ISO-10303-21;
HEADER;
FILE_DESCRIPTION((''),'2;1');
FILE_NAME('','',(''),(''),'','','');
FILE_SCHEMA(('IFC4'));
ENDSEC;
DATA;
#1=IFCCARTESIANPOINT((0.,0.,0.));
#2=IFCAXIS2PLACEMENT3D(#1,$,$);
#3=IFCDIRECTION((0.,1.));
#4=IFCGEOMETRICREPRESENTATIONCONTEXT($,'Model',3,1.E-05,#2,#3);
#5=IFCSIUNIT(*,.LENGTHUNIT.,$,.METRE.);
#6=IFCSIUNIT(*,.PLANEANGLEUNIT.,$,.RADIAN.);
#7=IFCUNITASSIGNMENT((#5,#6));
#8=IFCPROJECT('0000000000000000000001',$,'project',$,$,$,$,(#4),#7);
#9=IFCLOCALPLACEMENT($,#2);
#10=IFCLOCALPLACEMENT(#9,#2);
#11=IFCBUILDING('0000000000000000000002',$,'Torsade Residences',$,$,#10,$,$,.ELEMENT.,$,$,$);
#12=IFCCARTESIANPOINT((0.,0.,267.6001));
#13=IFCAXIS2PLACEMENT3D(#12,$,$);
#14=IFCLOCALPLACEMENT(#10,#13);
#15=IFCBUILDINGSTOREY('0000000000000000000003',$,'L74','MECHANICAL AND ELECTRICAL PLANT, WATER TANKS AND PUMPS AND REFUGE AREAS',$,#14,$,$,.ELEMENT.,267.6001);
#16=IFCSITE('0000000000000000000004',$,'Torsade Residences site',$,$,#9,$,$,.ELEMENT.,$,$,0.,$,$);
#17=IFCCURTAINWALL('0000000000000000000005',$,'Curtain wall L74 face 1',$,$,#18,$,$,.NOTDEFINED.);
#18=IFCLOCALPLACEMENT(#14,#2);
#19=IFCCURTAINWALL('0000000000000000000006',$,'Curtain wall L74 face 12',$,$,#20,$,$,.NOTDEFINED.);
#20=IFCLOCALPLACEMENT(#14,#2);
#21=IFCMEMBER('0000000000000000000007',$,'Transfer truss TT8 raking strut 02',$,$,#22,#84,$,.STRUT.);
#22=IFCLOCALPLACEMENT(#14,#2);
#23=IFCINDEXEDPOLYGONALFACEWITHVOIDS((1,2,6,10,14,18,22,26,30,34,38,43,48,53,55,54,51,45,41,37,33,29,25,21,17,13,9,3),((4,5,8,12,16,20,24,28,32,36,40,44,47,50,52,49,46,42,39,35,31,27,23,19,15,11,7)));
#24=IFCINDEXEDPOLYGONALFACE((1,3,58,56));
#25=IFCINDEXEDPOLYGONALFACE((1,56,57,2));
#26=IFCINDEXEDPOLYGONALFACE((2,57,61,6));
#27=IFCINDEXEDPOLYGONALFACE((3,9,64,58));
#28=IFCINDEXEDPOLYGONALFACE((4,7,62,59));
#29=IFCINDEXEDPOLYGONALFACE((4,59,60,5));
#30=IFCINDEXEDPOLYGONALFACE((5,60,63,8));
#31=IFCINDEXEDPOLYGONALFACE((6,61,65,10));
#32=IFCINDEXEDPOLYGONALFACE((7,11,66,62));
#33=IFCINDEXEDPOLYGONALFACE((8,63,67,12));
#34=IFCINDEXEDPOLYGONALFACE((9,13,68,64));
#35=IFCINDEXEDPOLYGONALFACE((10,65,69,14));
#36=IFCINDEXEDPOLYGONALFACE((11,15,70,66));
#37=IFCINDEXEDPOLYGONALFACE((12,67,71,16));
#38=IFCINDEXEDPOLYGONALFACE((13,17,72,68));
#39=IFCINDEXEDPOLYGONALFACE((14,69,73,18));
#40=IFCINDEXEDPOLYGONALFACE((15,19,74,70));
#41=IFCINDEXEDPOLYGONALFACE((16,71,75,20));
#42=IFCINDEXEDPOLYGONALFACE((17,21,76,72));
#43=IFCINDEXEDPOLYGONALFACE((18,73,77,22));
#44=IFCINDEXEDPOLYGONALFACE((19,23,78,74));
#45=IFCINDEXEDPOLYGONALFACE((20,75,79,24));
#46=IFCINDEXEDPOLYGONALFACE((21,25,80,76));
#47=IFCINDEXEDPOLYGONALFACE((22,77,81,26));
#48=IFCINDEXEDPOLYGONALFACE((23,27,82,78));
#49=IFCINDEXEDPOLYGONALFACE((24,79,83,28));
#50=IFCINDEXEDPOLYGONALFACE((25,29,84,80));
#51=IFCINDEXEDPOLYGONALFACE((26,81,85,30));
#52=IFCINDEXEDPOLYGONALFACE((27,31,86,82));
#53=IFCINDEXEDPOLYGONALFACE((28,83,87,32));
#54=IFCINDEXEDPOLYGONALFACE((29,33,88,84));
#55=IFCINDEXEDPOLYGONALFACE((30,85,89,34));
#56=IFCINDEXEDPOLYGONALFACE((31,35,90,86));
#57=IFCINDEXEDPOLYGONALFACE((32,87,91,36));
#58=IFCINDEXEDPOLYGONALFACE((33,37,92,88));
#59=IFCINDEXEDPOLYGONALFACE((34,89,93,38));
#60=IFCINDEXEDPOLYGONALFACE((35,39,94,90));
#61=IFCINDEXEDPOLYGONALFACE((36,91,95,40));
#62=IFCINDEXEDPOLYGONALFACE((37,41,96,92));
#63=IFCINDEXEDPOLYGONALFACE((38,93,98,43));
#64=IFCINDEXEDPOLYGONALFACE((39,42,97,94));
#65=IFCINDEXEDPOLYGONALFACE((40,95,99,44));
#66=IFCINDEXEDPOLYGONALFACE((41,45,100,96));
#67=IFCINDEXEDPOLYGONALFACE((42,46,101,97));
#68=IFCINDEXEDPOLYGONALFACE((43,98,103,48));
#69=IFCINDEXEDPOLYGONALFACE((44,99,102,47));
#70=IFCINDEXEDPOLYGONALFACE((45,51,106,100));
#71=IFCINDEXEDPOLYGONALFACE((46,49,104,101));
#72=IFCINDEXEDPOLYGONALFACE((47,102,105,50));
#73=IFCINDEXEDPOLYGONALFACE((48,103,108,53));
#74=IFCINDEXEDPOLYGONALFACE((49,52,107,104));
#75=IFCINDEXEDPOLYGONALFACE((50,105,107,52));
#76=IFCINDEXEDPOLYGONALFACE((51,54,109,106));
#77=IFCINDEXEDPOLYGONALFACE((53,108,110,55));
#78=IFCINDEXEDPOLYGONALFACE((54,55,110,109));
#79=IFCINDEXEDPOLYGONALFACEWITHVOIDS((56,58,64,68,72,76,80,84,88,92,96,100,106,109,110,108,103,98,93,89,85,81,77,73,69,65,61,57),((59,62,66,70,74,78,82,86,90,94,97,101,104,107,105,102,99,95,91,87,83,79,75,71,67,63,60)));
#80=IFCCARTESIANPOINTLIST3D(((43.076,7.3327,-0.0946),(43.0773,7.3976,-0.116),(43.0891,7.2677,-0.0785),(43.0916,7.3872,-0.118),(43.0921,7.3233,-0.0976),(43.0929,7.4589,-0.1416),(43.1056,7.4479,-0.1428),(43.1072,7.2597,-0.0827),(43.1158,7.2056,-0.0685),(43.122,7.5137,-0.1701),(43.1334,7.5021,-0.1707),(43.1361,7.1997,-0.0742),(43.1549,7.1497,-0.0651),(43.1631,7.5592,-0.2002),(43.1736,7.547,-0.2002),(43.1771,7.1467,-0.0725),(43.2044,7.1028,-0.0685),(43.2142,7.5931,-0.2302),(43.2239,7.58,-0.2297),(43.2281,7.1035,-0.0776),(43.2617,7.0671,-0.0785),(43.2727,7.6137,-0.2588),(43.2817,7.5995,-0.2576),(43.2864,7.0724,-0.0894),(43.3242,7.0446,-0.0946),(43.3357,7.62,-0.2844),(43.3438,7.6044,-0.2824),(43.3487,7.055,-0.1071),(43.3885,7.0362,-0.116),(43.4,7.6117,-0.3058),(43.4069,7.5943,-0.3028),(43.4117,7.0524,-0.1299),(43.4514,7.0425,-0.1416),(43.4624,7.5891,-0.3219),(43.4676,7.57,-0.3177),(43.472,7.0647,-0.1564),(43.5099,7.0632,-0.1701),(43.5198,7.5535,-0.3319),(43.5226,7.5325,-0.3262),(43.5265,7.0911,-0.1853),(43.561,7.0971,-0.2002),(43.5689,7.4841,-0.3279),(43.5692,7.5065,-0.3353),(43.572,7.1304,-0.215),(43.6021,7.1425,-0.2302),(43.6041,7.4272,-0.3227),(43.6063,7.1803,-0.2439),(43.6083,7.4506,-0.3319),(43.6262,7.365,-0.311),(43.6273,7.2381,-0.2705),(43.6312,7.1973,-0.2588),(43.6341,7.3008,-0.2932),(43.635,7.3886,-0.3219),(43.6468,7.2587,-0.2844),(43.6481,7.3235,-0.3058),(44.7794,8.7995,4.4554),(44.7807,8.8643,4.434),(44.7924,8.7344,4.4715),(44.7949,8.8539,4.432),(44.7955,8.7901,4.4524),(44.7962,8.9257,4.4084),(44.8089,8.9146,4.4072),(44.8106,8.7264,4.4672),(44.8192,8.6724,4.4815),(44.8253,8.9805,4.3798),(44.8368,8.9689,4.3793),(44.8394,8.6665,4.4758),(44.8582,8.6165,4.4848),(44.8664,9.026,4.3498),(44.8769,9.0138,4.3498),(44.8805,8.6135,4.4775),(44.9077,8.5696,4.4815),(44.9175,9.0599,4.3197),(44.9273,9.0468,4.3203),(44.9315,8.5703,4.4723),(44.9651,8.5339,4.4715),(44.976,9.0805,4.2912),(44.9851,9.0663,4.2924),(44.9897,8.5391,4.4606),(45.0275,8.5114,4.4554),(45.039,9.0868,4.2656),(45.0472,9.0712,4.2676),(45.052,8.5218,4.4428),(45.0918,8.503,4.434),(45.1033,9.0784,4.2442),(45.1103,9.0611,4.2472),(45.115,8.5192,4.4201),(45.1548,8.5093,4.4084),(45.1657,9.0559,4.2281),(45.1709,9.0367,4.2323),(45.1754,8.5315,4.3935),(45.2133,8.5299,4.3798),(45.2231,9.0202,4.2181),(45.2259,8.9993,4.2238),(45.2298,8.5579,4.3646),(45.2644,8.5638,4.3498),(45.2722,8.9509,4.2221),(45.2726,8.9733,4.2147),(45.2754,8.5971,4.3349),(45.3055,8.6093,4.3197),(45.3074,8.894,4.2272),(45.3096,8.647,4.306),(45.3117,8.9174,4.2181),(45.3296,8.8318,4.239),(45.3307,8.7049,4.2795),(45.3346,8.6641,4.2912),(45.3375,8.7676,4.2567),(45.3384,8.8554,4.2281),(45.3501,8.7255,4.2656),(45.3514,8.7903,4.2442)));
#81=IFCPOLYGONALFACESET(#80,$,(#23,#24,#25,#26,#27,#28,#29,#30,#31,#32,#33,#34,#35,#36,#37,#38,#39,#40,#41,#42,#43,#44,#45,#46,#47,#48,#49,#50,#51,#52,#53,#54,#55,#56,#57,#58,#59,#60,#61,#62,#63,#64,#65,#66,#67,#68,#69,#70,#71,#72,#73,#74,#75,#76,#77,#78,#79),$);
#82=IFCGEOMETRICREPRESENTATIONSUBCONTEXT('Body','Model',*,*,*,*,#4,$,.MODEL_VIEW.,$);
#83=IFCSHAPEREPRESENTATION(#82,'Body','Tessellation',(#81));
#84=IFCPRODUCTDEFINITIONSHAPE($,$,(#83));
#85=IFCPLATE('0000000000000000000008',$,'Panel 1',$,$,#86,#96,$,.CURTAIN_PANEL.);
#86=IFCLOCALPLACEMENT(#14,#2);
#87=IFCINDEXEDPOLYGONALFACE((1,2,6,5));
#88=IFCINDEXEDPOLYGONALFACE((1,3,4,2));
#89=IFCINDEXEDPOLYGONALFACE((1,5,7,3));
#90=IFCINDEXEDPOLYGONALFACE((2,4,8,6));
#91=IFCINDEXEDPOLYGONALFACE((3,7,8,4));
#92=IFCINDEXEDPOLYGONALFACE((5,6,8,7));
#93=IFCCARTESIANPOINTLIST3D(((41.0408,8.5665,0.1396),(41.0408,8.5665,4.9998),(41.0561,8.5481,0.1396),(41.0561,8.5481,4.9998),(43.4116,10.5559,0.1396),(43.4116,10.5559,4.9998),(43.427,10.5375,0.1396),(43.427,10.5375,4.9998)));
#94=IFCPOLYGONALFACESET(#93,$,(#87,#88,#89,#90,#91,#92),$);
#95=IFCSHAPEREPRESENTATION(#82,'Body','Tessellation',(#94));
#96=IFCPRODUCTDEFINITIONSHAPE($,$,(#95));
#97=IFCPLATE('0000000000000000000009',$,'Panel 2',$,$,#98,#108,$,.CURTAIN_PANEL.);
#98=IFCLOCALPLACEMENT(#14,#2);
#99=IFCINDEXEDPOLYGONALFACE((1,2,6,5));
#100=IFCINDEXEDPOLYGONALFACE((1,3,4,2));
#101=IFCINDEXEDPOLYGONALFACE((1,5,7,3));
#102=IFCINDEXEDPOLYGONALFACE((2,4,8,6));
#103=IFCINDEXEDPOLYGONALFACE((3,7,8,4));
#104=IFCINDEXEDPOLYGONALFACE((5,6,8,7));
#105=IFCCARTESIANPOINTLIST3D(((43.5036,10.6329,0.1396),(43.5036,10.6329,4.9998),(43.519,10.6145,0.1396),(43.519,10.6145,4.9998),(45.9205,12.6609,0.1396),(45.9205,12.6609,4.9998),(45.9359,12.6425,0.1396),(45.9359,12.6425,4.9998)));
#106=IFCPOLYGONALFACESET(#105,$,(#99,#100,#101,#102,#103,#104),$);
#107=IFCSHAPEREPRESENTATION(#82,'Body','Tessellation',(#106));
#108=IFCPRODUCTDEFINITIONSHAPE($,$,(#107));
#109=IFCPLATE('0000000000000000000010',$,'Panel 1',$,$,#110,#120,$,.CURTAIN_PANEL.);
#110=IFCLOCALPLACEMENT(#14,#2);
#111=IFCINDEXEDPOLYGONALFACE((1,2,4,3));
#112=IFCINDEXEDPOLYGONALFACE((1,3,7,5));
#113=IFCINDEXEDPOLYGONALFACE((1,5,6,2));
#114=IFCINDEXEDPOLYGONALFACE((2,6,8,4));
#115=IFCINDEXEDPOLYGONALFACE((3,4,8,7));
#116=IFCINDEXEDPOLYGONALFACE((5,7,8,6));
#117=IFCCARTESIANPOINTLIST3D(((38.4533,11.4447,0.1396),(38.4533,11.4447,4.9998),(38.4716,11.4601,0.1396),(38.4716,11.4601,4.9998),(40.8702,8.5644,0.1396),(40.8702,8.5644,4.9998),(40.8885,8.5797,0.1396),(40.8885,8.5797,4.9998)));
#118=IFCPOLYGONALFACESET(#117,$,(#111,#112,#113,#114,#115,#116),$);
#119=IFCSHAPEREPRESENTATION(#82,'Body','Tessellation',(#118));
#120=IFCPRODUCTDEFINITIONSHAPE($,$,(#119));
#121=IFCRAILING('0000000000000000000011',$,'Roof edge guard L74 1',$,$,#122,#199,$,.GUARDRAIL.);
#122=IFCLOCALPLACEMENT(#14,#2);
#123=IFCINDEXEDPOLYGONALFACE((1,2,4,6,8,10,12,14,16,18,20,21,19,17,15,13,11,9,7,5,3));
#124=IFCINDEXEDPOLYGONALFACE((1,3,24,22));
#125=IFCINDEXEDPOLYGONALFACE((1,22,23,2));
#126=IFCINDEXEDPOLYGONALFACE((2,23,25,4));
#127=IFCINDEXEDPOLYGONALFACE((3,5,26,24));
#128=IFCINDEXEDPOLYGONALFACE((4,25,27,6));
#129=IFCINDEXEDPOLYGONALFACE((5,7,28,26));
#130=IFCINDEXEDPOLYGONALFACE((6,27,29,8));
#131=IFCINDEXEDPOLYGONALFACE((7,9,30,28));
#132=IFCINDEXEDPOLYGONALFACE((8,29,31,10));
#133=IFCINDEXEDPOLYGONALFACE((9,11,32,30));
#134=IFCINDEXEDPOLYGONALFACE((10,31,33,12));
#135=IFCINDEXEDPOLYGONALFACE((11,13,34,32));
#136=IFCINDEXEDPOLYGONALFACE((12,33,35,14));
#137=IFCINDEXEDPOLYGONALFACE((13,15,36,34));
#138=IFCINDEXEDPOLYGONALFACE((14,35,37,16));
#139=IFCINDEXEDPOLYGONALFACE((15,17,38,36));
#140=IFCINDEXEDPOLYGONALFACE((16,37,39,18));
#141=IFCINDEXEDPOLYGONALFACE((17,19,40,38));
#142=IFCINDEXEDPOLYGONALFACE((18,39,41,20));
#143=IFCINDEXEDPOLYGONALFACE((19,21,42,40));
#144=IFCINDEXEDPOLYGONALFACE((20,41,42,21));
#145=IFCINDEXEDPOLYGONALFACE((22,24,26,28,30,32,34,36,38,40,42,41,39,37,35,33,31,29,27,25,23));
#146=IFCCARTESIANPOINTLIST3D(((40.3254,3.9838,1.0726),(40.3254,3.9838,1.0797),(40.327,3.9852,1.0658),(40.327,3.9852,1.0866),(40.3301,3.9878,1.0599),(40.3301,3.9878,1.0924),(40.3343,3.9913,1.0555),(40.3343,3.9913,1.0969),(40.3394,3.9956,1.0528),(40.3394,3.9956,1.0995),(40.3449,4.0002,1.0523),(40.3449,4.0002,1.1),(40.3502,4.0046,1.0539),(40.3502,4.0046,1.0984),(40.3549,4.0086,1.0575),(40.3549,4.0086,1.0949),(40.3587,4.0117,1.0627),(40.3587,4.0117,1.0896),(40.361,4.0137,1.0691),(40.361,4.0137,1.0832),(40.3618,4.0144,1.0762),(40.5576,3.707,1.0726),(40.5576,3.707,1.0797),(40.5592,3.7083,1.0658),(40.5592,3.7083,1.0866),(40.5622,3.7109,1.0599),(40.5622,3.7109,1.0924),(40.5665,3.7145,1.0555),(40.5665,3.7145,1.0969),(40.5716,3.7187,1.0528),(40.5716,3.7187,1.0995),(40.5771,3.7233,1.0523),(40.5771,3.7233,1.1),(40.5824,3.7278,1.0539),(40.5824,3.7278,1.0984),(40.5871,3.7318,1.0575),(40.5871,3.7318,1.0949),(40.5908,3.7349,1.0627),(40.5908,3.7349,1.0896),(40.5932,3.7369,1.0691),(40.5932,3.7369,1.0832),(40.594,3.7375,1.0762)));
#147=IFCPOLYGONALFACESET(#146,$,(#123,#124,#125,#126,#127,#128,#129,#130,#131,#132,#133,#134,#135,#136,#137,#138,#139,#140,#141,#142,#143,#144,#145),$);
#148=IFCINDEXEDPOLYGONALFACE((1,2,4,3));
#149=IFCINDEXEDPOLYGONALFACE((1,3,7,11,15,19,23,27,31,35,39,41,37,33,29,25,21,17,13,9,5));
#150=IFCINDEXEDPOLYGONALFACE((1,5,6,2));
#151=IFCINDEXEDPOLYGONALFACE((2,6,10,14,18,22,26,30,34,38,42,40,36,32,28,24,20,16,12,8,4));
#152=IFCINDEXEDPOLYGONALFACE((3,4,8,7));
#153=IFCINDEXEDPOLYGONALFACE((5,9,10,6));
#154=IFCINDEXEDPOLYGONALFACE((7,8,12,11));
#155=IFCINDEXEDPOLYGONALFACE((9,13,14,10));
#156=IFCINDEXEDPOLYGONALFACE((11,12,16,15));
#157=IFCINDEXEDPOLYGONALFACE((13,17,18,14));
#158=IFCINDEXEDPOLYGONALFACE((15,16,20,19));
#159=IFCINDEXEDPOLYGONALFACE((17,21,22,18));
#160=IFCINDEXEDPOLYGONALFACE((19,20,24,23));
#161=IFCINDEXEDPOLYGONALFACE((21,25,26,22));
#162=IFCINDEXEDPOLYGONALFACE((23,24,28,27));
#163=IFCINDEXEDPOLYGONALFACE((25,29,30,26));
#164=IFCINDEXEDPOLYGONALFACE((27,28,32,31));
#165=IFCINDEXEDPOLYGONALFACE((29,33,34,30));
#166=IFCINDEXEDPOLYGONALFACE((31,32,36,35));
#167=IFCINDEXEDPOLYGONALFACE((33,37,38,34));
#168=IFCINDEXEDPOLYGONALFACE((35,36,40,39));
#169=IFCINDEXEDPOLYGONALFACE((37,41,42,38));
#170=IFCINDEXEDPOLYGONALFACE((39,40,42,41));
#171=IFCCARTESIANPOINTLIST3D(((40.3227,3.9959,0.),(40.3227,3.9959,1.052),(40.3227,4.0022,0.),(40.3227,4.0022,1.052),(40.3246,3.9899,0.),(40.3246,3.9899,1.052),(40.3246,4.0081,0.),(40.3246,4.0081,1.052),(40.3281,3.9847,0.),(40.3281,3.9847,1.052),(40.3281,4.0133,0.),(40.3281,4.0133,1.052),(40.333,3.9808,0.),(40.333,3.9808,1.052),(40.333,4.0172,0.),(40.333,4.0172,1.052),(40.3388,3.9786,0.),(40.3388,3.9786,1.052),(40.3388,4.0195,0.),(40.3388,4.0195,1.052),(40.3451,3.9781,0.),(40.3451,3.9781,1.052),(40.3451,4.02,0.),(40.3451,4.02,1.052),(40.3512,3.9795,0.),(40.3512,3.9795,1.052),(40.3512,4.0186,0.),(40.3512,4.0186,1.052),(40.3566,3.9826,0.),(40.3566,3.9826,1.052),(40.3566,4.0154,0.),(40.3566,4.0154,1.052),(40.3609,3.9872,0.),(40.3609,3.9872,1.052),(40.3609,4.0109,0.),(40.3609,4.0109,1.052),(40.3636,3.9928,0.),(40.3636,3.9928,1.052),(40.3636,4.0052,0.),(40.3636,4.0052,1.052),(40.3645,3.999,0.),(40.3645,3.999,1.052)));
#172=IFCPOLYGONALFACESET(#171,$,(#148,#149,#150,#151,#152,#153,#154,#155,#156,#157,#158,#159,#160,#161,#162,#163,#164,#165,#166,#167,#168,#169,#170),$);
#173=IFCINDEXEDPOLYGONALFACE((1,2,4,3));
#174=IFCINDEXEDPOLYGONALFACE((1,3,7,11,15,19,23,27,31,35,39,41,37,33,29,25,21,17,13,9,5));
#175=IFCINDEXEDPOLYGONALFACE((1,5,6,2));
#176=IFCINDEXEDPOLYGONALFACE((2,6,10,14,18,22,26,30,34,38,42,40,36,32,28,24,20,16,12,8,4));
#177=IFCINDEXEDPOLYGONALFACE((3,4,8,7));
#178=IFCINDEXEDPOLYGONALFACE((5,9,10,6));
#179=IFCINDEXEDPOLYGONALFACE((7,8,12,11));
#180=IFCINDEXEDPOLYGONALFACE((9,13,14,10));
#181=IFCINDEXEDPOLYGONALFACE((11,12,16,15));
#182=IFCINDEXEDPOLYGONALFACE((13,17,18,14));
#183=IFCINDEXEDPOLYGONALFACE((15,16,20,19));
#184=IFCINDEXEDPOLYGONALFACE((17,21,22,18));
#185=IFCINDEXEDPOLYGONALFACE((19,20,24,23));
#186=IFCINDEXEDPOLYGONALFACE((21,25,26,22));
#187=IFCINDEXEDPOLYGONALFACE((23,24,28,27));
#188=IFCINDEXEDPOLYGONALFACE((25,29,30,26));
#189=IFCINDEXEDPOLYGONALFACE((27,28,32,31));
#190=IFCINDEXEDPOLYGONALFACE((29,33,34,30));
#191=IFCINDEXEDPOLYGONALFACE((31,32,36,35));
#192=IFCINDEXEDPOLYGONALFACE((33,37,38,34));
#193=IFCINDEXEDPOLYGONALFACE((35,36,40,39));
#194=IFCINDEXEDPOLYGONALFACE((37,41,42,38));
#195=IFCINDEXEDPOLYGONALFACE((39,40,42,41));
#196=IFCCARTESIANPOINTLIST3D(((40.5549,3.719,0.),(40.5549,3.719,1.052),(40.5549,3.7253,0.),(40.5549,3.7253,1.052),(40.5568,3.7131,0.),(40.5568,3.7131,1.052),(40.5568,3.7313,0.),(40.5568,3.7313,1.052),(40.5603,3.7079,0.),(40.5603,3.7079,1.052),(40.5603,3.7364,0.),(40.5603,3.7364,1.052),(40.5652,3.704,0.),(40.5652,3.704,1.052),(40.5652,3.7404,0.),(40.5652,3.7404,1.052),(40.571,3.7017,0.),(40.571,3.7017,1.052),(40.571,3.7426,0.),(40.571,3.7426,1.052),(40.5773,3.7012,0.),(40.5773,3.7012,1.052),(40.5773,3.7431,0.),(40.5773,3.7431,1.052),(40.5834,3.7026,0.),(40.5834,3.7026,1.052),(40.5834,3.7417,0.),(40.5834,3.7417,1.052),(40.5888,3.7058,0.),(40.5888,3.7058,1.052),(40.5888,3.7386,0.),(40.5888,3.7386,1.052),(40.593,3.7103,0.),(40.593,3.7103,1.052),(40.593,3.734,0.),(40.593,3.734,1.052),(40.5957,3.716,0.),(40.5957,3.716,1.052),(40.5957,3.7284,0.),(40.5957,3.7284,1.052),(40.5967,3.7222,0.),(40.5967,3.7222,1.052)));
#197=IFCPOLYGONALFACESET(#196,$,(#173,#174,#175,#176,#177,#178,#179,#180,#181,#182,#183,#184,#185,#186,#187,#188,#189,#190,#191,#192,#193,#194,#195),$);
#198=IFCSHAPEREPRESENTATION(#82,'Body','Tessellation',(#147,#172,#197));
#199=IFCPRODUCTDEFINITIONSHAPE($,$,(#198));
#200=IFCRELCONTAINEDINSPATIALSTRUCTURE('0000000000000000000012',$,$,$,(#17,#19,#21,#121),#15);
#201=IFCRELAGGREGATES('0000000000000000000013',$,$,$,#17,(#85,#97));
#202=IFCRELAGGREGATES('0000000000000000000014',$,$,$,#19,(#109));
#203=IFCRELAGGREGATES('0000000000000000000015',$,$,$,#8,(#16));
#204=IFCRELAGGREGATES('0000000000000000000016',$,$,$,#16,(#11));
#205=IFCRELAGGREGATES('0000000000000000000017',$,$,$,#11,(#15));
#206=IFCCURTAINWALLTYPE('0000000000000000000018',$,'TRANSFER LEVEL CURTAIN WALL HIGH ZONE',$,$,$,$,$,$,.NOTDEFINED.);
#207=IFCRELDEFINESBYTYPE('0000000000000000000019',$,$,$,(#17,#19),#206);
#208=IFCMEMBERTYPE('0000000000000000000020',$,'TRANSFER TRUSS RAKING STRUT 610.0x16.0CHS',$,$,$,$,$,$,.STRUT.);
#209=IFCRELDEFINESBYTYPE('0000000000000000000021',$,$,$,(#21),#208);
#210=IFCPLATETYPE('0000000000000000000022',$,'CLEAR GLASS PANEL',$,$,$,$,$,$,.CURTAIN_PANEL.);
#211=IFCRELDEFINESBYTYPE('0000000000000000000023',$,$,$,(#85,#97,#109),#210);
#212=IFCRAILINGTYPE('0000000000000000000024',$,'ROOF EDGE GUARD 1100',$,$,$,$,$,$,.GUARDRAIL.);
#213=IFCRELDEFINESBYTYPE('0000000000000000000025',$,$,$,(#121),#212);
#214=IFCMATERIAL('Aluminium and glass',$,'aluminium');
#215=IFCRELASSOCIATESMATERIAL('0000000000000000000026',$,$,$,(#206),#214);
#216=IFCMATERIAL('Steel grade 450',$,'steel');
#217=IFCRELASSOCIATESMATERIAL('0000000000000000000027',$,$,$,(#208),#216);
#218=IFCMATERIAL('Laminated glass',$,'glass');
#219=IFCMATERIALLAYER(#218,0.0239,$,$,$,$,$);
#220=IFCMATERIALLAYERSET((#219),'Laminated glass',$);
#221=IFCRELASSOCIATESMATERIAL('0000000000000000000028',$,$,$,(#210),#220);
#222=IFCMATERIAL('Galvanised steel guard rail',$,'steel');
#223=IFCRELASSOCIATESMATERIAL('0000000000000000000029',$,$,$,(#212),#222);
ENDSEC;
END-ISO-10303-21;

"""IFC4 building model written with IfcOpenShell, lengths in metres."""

from ifc_helpers import new_model, si_unit, direction, frame, origin, origin_2d, place, context, subcontext, project, spatial, rectangle, circle, hollow_circle, extrude, material, layer, layer_set, material_profile, profile_set, type_object, element, aggregate, save


model = new_model("IFC4")

# Units and contexts
model_context = context("Model", 3, precision=1e-05, world=origin(), true_north=direction((0.0, 1.0)))
body_context = subcontext(model_context, "Body", "Model", "MODEL_VIEW")
ifc_project = project(units=[si_unit("LENGTHUNIT", "METRE"), si_unit("PLANEANGLEUNIT", "RADIAN")], contexts=[model_context])

# Site, building, storey
site_placement = place(None, origin())
site = spatial("IfcSite", under=ifc_project, at=site_placement, Name="Torsade Residences site", CompositionType="ELEMENT", RefElevation=0.0)
building_placement = place(site_placement, origin())
building = spatial("IfcBuilding", under=site, at=building_placement, Name="Torsade Residences", CompositionType="ELEMENT")
storey_placement = place(building_placement, frame((0.0, 0.0, 267.6001)))
storey = spatial("IfcBuildingStorey", under=building, at=storey_placement, Name="L74", Description="MECHANICAL AND ELECTRICAL PLANT, WATER TANKS AND PUMPS AND REFUGE AREAS", CompositionType="ELEMENT", Elevation=267.6001)

# Curtain wall
ifc_material_1 = material(Name="Aluminium and glass", Category="aluminium")
curtain_wall_type = type_object("IfcCurtainWallType", Name="TRANSFER LEVEL CURTAIN WALL HIGH ZONE", PredefinedType="NOTDEFINED", material=ifc_material_1)
curtain_wall_1_placement = place(storey_placement, origin())
curtain_wall_1 = element("IfcCurtainWall", 1, at=curtain_wall_1_placement, inside=storey, type_object=curtain_wall_type, Name="Curtain wall L74 face 1", PredefinedType="NOTDEFINED")

# Curtain wall
curtain_wall_2_placement = place(storey_placement, origin())
curtain_wall_2 = element("IfcCurtainWall", 2, at=curtain_wall_2_placement, inside=storey, type_object=curtain_wall_type, Name="Curtain wall L74 face 12", PredefinedType="NOTDEFINED")

# Member
ifc_material_2 = material(Name="Steel grade 450", Category="steel")
ifc_material_profile_1 = material_profile(ifc_material_2, hollow_circle(Radius=0.3049, WallThickness=0.0161, at=origin_2d()), Name="610.0x16.0CHS")
ifc_profile_set_1 = profile_set([ifc_material_profile_1], Name="Steel grade 450")
member_type_1 = type_object("IfcMemberType", Name="TRANSFER TRUSS RAKING STRUT 610.0x16.0CHS", PredefinedType="STRUT", material=ifc_profile_set_1)
member_1_placement = place(storey_placement, frame((43.3621, 7.3281, -0.2002), z_axis=(0.335637, 0.289022, 0.896556), x_axis=(-0.652525, 0.757767, 0.0)))
element("IfcMember", 3, at=member_1_placement, inside=storey, type_object=member_type_1, Name="Transfer truss TT8 raking strut 02", PredefinedType="STRUT", context=body_context, shape_type="SweptSolid", body=[
    extrude(hollow_circle(Radius=0.3049, WallThickness=0.0161, at=origin_2d()), origin(), (0.0, 0.0, 1.0), 5.075),
])

# Plates
ifc_material_3 = material(Name="Laminated glass", Category="glass")
ifc_layer = layer(ifc_material_3, 0.0239)
ifc_layer_set = layer_set([ifc_layer], Name="Laminated glass")
plate_type = type_object("IfcPlateType", Name="CLEAR GLASS PANEL", PredefinedType="CURTAIN_PANEL", material=ifc_layer_set)
plate_1_placement = place(storey_placement, frame((42.2339, 9.552, 0.1396), z_axis=(0.0, 0.0, 1.0), x_axis=(0.766044, 0.642788, 0.0)))
plate_1 = element("IfcPlate", 4, at=plate_1_placement, type_object=plate_type, Name="Panel 1", PredefinedType="CURTAIN_PANEL", context=body_context, shape_type="SweptSolid", body=[
    extrude(rectangle(XDim=3.095, YDim=0.0239, at=origin_2d()), origin(), (0.0, 0.0, 1.0), 4.8601),
])
plate_2_placement = place(storey_placement, frame((44.7197, 11.6377, 0.1396), z_axis=(0.0, 0.0, 1.0), x_axis=(0.766044, 0.642788, 0.0)))
plate_2 = element("IfcPlate", 5, at=plate_2_placement, type_object=plate_type, Name="Panel 2", PredefinedType="CURTAIN_PANEL", context=body_context, shape_type="SweptSolid", body=[
    extrude(rectangle(XDim=3.155, YDim=0.0239, at=origin_2d()), origin(), (0.0, 0.0, 1.0), 4.8601),
])
aggregate(curtain_wall_1, [plate_1, plate_2])
plate_3_placement = place(storey_placement, frame((39.6709, 10.0122, 0.1396), z_axis=(0.0, 0.0, 1.0), x_axis=(0.642788, -0.766044, 0.0)))
plate_3 = element("IfcPlate", 6, at=plate_3_placement, type_object=plate_type, Name="Panel 1", PredefinedType="CURTAIN_PANEL", context=body_context, shape_type="SweptSolid", body=[
    extrude(rectangle(XDim=3.76, YDim=0.0239, at=origin_2d()), origin(), (0.0, 0.0, 1.0), 4.8601),
])
aggregate(curtain_wall_2, [plate_3])

# Railing
ifc_material_4 = material(Name="Galvanised steel guard rail", Category="steel")
railing_type = type_object("IfcRailingType", Name="ROOF EDGE GUARD 1100", PredefinedType="GUARDRAIL", material=ifc_material_4)
railing_1_placement = place(storey_placement, frame((40.3435, 3.999, 0.0)))
element("IfcRailing", 7, at=railing_1_placement, inside=storey, type_object=railing_type, Name="Roof edge guard L74 1", PredefinedType="GUARDRAIL", context=body_context, shape_type="SweptSolid", body=[
    extrude(circle(Radius=0.0239, at=origin_2d()), frame((0.0, 0.0, 1.0762), z_axis=(0.642574, -0.766224, 0.0), x_axis=(0.766224, 0.642574, 0.0)), (0.0, 0.0, 1.0), 0.3613),
    extrude(circle(Radius=0.021, at=origin_2d()), origin(), (0.0, 0.0, 1.0), 1.052),
    extrude(circle(Radius=0.021, at=origin_2d()), frame((0.2322, -0.2769, 0.0)), (0.0, 0.0, 1.0), 1.052),
])

save(model, "model.ifc")
